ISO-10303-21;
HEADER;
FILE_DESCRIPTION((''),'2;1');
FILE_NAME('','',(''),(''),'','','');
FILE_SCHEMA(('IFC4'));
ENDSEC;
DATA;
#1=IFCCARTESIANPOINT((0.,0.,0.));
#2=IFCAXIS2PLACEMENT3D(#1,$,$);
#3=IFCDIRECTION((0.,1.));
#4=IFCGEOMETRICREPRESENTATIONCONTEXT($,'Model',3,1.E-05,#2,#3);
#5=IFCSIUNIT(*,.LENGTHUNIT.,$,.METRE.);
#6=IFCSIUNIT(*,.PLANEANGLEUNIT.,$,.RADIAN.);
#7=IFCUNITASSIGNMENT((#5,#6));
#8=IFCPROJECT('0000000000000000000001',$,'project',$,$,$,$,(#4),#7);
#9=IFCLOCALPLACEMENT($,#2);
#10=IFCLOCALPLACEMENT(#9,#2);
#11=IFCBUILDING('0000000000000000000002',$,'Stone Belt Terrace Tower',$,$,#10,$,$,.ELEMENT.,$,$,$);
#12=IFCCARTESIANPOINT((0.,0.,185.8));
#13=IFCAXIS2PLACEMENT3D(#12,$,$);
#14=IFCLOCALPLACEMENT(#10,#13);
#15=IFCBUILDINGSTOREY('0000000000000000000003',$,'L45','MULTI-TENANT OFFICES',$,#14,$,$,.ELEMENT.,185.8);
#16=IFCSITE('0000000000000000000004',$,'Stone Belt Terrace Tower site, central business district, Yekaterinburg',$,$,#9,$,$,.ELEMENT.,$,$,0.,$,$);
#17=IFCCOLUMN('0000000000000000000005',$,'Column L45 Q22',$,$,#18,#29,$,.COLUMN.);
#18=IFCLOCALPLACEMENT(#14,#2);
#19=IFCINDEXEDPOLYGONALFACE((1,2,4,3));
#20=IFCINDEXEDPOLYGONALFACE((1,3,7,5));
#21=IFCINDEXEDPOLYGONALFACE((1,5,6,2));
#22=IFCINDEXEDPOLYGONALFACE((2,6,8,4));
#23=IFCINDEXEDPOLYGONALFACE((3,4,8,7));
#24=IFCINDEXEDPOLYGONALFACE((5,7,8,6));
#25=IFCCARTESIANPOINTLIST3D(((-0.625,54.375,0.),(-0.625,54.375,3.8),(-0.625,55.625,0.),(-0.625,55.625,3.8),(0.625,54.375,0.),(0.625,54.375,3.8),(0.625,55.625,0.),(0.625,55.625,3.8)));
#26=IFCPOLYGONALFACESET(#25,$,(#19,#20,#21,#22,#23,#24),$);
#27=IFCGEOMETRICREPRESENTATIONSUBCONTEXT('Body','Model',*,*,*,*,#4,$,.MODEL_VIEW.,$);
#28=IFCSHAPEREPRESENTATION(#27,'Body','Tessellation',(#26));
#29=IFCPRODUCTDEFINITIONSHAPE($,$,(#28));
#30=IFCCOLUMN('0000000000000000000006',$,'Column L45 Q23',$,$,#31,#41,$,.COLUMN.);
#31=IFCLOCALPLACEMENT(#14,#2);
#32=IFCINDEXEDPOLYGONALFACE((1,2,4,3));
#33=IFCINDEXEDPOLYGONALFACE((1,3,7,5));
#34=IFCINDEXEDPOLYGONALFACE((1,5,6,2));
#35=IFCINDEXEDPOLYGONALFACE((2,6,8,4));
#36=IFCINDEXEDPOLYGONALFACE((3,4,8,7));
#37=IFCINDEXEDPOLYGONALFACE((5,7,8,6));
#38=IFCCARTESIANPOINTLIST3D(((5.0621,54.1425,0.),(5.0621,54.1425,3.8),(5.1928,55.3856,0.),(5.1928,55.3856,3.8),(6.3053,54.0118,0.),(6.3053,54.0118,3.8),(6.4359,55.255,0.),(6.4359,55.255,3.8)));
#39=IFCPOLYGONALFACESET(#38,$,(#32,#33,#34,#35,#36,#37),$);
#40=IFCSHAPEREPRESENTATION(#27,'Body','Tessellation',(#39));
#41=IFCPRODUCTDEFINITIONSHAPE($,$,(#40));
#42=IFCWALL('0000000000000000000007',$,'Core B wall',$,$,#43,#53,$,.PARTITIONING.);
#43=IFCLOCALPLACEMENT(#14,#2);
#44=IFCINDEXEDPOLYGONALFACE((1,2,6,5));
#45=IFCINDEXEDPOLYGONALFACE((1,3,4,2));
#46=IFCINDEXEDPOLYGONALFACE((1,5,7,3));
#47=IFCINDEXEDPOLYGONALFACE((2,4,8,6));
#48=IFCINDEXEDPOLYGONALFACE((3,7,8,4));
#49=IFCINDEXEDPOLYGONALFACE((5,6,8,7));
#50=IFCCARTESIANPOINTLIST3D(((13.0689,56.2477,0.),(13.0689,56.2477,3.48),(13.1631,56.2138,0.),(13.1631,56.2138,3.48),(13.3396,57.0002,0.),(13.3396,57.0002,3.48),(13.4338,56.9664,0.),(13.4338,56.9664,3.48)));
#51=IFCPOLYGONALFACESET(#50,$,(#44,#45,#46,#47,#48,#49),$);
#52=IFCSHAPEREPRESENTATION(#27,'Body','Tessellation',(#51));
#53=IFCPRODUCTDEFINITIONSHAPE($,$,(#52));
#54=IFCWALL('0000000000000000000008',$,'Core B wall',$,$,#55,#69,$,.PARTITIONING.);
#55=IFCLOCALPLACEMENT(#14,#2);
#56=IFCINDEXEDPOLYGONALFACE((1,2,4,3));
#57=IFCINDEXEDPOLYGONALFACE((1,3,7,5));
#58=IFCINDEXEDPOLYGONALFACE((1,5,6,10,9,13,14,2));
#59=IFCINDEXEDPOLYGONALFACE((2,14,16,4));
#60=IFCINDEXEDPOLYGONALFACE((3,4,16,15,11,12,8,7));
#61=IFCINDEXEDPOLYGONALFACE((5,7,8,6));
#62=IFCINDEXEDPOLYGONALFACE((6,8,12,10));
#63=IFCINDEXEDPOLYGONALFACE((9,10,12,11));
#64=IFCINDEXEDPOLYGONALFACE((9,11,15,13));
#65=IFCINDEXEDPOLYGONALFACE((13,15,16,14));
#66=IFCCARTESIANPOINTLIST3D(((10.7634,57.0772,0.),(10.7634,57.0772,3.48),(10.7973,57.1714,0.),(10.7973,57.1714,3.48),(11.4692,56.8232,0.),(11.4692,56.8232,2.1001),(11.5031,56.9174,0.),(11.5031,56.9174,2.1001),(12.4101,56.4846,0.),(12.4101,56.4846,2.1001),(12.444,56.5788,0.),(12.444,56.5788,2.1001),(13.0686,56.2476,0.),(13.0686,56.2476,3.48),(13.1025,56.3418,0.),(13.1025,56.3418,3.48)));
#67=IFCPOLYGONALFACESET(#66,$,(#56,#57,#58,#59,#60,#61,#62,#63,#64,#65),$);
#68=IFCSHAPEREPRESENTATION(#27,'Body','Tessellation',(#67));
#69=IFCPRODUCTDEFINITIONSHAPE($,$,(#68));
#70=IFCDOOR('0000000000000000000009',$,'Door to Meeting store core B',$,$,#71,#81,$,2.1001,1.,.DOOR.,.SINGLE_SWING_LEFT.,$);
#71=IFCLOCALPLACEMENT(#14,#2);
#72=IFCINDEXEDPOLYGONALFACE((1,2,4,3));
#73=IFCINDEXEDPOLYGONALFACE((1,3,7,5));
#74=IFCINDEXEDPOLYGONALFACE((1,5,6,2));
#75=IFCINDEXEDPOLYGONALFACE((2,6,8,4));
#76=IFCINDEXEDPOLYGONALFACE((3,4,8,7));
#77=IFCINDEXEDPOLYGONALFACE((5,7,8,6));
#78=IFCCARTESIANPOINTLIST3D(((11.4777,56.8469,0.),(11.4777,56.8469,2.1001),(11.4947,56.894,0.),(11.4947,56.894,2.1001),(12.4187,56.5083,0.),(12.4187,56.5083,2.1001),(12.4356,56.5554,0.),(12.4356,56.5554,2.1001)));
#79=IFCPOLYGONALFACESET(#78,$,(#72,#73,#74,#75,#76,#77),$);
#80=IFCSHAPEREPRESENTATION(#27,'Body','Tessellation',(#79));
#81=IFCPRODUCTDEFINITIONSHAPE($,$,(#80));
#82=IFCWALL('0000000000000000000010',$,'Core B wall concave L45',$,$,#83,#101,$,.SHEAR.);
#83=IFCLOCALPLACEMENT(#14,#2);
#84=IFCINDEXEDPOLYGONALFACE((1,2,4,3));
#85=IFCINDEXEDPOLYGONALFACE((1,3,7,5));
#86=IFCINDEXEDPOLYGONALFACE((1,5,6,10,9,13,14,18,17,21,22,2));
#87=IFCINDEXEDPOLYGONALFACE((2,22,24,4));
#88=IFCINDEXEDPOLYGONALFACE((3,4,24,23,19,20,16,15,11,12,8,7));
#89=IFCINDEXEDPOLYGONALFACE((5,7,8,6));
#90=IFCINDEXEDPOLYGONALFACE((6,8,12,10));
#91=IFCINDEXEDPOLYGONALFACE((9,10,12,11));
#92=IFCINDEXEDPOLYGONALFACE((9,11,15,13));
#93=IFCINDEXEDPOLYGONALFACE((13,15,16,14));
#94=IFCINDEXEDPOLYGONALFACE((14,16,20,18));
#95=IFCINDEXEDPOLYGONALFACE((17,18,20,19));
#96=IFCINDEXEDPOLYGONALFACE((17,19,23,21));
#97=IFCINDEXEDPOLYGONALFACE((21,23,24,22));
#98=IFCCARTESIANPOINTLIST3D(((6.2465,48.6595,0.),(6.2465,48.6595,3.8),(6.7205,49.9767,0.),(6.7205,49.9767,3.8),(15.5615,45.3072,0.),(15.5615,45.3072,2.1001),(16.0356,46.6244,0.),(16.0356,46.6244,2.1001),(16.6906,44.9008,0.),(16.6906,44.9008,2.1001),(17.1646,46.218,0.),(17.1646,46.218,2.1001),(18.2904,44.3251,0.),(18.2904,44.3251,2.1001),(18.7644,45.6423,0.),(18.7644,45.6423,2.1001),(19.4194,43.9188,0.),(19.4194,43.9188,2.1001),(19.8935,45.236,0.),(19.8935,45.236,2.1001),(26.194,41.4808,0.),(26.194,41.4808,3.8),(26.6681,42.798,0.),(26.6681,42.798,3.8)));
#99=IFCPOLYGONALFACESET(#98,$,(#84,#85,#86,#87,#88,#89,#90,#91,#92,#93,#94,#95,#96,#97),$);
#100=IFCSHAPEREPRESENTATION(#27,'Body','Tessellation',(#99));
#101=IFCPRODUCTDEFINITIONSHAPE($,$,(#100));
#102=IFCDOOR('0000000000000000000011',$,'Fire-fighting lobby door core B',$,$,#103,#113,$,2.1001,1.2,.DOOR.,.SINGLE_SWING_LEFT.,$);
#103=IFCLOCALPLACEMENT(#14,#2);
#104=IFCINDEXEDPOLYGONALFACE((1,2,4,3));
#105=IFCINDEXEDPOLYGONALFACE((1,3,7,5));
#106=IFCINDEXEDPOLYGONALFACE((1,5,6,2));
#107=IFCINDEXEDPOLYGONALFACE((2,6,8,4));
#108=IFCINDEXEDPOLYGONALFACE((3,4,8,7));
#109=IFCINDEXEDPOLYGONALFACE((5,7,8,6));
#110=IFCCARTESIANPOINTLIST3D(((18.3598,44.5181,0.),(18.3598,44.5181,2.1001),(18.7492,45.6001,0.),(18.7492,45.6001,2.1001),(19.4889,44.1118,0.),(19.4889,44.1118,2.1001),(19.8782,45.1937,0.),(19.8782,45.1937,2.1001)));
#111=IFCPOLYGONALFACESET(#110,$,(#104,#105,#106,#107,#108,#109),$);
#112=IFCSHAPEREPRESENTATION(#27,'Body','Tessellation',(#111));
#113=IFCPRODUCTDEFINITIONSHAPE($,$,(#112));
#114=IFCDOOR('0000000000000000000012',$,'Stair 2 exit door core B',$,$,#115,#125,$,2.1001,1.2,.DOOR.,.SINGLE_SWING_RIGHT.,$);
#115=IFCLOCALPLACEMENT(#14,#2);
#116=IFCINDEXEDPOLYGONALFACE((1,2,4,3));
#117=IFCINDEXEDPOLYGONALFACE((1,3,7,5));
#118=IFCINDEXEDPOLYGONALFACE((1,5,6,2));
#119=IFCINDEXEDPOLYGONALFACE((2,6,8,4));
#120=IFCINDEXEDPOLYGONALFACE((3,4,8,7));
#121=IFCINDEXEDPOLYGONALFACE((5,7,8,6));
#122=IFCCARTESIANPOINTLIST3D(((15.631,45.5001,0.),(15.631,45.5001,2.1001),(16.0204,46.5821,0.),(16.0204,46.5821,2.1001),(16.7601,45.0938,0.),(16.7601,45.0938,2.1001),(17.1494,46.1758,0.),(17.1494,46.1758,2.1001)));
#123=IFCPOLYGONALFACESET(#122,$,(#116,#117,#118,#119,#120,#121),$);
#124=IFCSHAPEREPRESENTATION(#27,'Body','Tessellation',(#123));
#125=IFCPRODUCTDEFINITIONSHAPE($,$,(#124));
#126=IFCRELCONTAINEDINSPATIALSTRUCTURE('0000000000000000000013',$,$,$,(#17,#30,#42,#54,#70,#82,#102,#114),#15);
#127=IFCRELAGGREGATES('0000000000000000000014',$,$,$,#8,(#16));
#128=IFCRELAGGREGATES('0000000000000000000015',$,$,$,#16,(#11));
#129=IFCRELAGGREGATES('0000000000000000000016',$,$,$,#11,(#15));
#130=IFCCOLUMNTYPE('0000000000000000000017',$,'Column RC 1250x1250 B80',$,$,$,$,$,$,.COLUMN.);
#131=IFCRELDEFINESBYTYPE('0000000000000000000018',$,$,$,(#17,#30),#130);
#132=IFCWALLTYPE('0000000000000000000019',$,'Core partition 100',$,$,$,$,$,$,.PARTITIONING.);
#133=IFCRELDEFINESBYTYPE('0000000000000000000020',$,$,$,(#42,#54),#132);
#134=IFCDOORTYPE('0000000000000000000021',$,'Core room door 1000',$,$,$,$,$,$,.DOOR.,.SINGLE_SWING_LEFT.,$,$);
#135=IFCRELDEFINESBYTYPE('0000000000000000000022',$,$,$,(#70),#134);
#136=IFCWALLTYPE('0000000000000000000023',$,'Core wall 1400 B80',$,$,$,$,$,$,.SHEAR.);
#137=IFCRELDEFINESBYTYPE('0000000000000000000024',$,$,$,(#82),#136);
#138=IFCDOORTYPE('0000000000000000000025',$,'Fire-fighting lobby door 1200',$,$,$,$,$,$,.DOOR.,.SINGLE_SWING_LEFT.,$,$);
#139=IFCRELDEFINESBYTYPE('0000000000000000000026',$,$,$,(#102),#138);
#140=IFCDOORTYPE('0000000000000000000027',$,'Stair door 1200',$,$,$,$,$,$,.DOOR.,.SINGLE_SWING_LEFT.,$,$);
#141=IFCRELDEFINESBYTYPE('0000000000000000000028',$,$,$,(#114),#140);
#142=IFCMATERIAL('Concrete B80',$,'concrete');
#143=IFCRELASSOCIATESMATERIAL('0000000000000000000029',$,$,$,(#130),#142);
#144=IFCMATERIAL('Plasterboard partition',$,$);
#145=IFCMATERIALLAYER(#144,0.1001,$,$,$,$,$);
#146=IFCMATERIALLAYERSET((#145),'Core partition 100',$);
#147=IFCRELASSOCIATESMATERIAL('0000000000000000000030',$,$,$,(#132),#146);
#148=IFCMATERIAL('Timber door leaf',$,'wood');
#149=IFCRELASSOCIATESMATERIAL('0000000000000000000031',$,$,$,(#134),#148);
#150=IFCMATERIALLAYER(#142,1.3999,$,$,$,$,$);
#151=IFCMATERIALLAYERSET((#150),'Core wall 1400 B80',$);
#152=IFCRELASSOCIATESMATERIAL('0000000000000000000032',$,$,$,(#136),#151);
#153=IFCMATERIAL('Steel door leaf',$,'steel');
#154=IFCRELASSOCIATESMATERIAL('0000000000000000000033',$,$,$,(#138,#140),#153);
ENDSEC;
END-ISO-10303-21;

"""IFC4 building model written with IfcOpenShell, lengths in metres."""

from ifc_helpers import new_model, si_unit, direction, frame, frame_2d, origin, origin_2d, place, context, subcontext, project, spatial, rectangle, extrude, material, layer, layer_set, material_profile, profile_set, type_object, element, fill, save


model = new_model("IFC4")

# Units and contexts
model_context = context("Model", 3, precision=1e-05, world=origin(), true_north=direction((0.0, 1.0)))
body_context = subcontext(model_context, "Body", "Model", "MODEL_VIEW")
ifc_project = project(units=[si_unit("LENGTHUNIT", "METRE"), si_unit("PLANEANGLEUNIT", "RADIAN")], contexts=[model_context])

# Site, building, storey
site_placement = place(None, origin())
site = spatial("IfcSite", under=ifc_project, at=site_placement, Name="Stone Belt Terrace Tower site, central business district, Yekaterinburg", CompositionType="ELEMENT", RefElevation=0.0)
building_placement = place(site_placement, origin())
building = spatial("IfcBuilding", under=site, at=building_placement, Name="Stone Belt Terrace Tower", CompositionType="ELEMENT")
storey_placement = place(building_placement, frame((0.0, 0.0, 185.8)))
storey = spatial("IfcBuildingStorey", under=building, at=storey_placement, Name="L45", Description="MULTI-TENANT OFFICES", CompositionType="ELEMENT", Elevation=185.8)

# Columns
ifc_material_1 = material(Name="Concrete B80", Category="concrete")
ifc_material_profile = material_profile(ifc_material_1, rectangle(XDim=1.25, YDim=1.25, at=origin_2d()), Name="RC 1250x1250")
ifc_profile_set = profile_set([ifc_material_profile], Name="Concrete B80")
column_type = type_object("IfcColumnType", Name="Column RC 1250x1250 B80", PredefinedType="COLUMN", material=ifc_profile_set)
for number, where, z_axis, x_axis, name in (
    (1, (0.0, 55.0, 0.0), (0.0, 0.0, 1.0), (1.0, 0.0, 0.0), "Column L45 Q22"),
    (2, (5.749, 54.6987, 0.0), (0.0, 0.0, 1.0), (0.994522, -0.104528, 0.0), "Column L45 Q23"),
):
    element("IfcColumn", number, at=place(storey_placement, frame(where, z_axis=z_axis, x_axis=x_axis)), inside=storey, type_object=column_type, Name=name, PredefinedType="COLUMN", context=body_context, shape_type="SweptSolid", body=[
        extrude(rectangle(XDim=1.25, YDim=1.25, at=origin_2d()), origin(), (0.0, 0.0, 1.0), 3.8),
    ])

# Wall
ifc_material_2 = material(Name="Plasterboard partition")
ifc_layer_1 = layer(ifc_material_2, 0.1001)
ifc_layer_set_1 = layer_set([ifc_layer_1], Name="Core partition 100")
wall_type_1 = type_object("IfcWallType", Name="Core partition 100", PredefinedType="PARTITIONING", material=ifc_layer_set_1)
wall_1_placement = place(storey_placement, frame((13.116, 56.2307, 0.0), z_axis=(0.0, 0.0, 1.0), x_axis=(0.338482, 0.940973, 0.0)))
element("IfcWall", 3, at=wall_1_placement, inside=storey, type_object=wall_type_1, Name="Core B wall", PredefinedType="PARTITIONING", context=body_context, shape_type="SweptSolid", body=[
    extrude(rectangle(XDim=0.7998, YDim=0.1001, at=frame_2d((0.3999, 0.0))), origin(), (0.0, 0.0, 1.0), 3.48),
])

# Wall, opening, door
wall_2_placement = place(storey_placement, frame((13.0857, 56.2947, 0.0), z_axis=(0.0, 0.0, 1.0), x_axis=(-0.940923, 0.338621, 0.0)))
wall_2 = element("IfcWall", 4, at=wall_2_placement, inside=storey, type_object=wall_type_1, Name="Core B wall", PredefinedType="PARTITIONING", context=body_context, shape_type="SweptSolid", body=[
    extrude(rectangle(XDim=2.45, YDim=0.1001, at=frame_2d((1.2251, 0.0))), origin(), (0.0, 0.0, 1.0), 3.48),
])
opening_1_placement = place(wall_2_placement, frame((0.7, 0.0, 0.0)))
opening_1 = element("IfcOpeningElement", 5, at=opening_1_placement, cuts=wall_2, PredefinedType="OPENING", context=body_context, shape_type="SweptSolid", body=[
    extrude(rectangle(XDim=1.0, YDim=2.1001, at=frame_2d((0.5, 1.05))), frame((0.0, 0.0601, 0.0), z_axis=(0.0, -1.0, 0.0), x_axis=(1.0, 0.0, 0.0)), (0.0, 0.0, 1.0), 0.1201),
])
ifc_material_3 = material(Name="Timber door leaf", Category="wood")
door_type_1 = type_object("IfcDoorType", Name="Core room door 1000", OperationType="SINGLE_SWING_LEFT", PredefinedType="DOOR", material=ifc_material_3)
door_1_placement = place(opening_1_placement, origin())
door_1 = element("IfcDoor", 6, at=door_1_placement, inside=storey, type_object=door_type_1, Name="Door to Meeting store core B", OperationType="SINGLE_SWING_LEFT", OverallHeight=2.1001, OverallWidth=1.0, PredefinedType="DOOR", context=body_context, shape_type="SweptSolid", body=[
    extrude(rectangle(XDim=1.0, YDim=2.1001, at=frame_2d((0.5, 1.05))), frame((0.0, 0.0249, 0.0), z_axis=(0.0, -1.0, 0.0), x_axis=(1.0, 0.0, 0.0)), (0.0, 0.0, 1.0), 0.05),
])
fill(opening_1, door_1)

# Wall, openings, doors
ifc_layer_2 = layer(ifc_material_1, 1.3999)
ifc_layer_set_2 = layer_set([ifc_layer_2], Name="Core wall 1400 B80")
wall_type_2 = type_object("IfcWallType", Name="Core wall 1400 B80", PredefinedType="SHEAR", material=ifc_layer_set_2)
wall_3_placement = place(storey_placement, frame((6.4834, 49.3181, 0.0), z_axis=(0.0, 0.0, 1.0), x_axis=(0.940923, -0.33862, 0.0)))
wall_3 = element("IfcWall", 7, at=wall_3_placement, inside=storey, type_object=wall_type_2, Name="Core B wall concave L45", PredefinedType="SHEAR", context=body_context, shape_type="SweptSolid", body=[
    extrude(rectangle(XDim=21.2, YDim=1.3999, at=frame_2d((10.6001, 0.0))), origin(), (0.0, 0.0, 1.0), 3.8),
])
opening_2_placement = place(wall_3_placement, frame((12.8, 0.0, 0.0)))
opening_2 = element("IfcOpeningElement", 8, at=opening_2_placement, cuts=wall_3, PredefinedType="OPENING", context=body_context, shape_type="SweptSolid", body=[
    extrude(rectangle(XDim=1.2, YDim=2.1001, at=frame_2d((0.6001, 1.05))), frame((0.0, 0.71, 0.0), z_axis=(0.0, -1.0, 0.0), x_axis=(1.0, 0.0, 0.0)), (0.0, 0.0, 1.0), 1.4199),
])
opening_3_placement = place(wall_3_placement, frame((9.8999, 0.0, 0.0)))
opening_3 = element("IfcOpeningElement", 9, at=opening_3_placement, cuts=wall_3, PredefinedType="OPENING", context=body_context, shape_type="SweptSolid", body=[
    extrude(rectangle(XDim=1.2, YDim=2.1001, at=frame_2d((0.6001, 1.05))), frame((0.0, 0.71, 0.0), z_axis=(0.0, -1.0, 0.0), x_axis=(1.0, 0.0, 0.0)), (0.0, 0.0, 1.0), 1.4199),
])
ifc_material_4 = material(Name="Steel door leaf", Category="steel")
door_type_2 = type_object("IfcDoorType", Name="Fire-fighting lobby door 1200", OperationType="SINGLE_SWING_LEFT", PredefinedType="DOOR", material=ifc_material_4)
door_2_placement = place(opening_2_placement, origin())
door_2 = element("IfcDoor", 10, at=door_2_placement, inside=storey, type_object=door_type_2, Name="Fire-fighting lobby door core B", OperationType="SINGLE_SWING_LEFT", OverallHeight=2.1001, OverallWidth=1.2, PredefinedType="DOOR", context=body_context, shape_type="SweptSolid", body=[
    extrude(rectangle(XDim=1.2, YDim=2.1001, at=frame_2d((0.6001, 1.05))), frame((0.0, 0.655, 0.0), z_axis=(0.0, -1.0, 0.0), x_axis=(1.0, 0.0, 0.0)), (0.0, 0.0, 1.0), 1.1499),
])
fill(opening_2, door_2)
door_type_3 = type_object("IfcDoorType", Name="Stair door 1200", OperationType="SINGLE_SWING_LEFT", PredefinedType="DOOR", material=ifc_material_4)
door_3_placement = place(opening_3_placement, origin())
door_3 = element("IfcDoor", 11, at=door_3_placement, inside=storey, type_object=door_type_3, Name="Stair 2 exit door core B", OperationType="SINGLE_SWING_RIGHT", OverallHeight=2.1001, OverallWidth=1.2, PredefinedType="DOOR", context=body_context, shape_type="SweptSolid", body=[
    extrude(rectangle(XDim=1.2, YDim=2.1001, at=frame_2d((0.6001, 1.05))), frame((0.0, 0.655, 0.0), z_axis=(0.0, -1.0, 0.0), x_axis=(1.0, 0.0, 0.0)), (0.0, 0.0, 1.0), 1.1499),
])
fill(opening_3, door_3)

save(model, "model.ifc")
